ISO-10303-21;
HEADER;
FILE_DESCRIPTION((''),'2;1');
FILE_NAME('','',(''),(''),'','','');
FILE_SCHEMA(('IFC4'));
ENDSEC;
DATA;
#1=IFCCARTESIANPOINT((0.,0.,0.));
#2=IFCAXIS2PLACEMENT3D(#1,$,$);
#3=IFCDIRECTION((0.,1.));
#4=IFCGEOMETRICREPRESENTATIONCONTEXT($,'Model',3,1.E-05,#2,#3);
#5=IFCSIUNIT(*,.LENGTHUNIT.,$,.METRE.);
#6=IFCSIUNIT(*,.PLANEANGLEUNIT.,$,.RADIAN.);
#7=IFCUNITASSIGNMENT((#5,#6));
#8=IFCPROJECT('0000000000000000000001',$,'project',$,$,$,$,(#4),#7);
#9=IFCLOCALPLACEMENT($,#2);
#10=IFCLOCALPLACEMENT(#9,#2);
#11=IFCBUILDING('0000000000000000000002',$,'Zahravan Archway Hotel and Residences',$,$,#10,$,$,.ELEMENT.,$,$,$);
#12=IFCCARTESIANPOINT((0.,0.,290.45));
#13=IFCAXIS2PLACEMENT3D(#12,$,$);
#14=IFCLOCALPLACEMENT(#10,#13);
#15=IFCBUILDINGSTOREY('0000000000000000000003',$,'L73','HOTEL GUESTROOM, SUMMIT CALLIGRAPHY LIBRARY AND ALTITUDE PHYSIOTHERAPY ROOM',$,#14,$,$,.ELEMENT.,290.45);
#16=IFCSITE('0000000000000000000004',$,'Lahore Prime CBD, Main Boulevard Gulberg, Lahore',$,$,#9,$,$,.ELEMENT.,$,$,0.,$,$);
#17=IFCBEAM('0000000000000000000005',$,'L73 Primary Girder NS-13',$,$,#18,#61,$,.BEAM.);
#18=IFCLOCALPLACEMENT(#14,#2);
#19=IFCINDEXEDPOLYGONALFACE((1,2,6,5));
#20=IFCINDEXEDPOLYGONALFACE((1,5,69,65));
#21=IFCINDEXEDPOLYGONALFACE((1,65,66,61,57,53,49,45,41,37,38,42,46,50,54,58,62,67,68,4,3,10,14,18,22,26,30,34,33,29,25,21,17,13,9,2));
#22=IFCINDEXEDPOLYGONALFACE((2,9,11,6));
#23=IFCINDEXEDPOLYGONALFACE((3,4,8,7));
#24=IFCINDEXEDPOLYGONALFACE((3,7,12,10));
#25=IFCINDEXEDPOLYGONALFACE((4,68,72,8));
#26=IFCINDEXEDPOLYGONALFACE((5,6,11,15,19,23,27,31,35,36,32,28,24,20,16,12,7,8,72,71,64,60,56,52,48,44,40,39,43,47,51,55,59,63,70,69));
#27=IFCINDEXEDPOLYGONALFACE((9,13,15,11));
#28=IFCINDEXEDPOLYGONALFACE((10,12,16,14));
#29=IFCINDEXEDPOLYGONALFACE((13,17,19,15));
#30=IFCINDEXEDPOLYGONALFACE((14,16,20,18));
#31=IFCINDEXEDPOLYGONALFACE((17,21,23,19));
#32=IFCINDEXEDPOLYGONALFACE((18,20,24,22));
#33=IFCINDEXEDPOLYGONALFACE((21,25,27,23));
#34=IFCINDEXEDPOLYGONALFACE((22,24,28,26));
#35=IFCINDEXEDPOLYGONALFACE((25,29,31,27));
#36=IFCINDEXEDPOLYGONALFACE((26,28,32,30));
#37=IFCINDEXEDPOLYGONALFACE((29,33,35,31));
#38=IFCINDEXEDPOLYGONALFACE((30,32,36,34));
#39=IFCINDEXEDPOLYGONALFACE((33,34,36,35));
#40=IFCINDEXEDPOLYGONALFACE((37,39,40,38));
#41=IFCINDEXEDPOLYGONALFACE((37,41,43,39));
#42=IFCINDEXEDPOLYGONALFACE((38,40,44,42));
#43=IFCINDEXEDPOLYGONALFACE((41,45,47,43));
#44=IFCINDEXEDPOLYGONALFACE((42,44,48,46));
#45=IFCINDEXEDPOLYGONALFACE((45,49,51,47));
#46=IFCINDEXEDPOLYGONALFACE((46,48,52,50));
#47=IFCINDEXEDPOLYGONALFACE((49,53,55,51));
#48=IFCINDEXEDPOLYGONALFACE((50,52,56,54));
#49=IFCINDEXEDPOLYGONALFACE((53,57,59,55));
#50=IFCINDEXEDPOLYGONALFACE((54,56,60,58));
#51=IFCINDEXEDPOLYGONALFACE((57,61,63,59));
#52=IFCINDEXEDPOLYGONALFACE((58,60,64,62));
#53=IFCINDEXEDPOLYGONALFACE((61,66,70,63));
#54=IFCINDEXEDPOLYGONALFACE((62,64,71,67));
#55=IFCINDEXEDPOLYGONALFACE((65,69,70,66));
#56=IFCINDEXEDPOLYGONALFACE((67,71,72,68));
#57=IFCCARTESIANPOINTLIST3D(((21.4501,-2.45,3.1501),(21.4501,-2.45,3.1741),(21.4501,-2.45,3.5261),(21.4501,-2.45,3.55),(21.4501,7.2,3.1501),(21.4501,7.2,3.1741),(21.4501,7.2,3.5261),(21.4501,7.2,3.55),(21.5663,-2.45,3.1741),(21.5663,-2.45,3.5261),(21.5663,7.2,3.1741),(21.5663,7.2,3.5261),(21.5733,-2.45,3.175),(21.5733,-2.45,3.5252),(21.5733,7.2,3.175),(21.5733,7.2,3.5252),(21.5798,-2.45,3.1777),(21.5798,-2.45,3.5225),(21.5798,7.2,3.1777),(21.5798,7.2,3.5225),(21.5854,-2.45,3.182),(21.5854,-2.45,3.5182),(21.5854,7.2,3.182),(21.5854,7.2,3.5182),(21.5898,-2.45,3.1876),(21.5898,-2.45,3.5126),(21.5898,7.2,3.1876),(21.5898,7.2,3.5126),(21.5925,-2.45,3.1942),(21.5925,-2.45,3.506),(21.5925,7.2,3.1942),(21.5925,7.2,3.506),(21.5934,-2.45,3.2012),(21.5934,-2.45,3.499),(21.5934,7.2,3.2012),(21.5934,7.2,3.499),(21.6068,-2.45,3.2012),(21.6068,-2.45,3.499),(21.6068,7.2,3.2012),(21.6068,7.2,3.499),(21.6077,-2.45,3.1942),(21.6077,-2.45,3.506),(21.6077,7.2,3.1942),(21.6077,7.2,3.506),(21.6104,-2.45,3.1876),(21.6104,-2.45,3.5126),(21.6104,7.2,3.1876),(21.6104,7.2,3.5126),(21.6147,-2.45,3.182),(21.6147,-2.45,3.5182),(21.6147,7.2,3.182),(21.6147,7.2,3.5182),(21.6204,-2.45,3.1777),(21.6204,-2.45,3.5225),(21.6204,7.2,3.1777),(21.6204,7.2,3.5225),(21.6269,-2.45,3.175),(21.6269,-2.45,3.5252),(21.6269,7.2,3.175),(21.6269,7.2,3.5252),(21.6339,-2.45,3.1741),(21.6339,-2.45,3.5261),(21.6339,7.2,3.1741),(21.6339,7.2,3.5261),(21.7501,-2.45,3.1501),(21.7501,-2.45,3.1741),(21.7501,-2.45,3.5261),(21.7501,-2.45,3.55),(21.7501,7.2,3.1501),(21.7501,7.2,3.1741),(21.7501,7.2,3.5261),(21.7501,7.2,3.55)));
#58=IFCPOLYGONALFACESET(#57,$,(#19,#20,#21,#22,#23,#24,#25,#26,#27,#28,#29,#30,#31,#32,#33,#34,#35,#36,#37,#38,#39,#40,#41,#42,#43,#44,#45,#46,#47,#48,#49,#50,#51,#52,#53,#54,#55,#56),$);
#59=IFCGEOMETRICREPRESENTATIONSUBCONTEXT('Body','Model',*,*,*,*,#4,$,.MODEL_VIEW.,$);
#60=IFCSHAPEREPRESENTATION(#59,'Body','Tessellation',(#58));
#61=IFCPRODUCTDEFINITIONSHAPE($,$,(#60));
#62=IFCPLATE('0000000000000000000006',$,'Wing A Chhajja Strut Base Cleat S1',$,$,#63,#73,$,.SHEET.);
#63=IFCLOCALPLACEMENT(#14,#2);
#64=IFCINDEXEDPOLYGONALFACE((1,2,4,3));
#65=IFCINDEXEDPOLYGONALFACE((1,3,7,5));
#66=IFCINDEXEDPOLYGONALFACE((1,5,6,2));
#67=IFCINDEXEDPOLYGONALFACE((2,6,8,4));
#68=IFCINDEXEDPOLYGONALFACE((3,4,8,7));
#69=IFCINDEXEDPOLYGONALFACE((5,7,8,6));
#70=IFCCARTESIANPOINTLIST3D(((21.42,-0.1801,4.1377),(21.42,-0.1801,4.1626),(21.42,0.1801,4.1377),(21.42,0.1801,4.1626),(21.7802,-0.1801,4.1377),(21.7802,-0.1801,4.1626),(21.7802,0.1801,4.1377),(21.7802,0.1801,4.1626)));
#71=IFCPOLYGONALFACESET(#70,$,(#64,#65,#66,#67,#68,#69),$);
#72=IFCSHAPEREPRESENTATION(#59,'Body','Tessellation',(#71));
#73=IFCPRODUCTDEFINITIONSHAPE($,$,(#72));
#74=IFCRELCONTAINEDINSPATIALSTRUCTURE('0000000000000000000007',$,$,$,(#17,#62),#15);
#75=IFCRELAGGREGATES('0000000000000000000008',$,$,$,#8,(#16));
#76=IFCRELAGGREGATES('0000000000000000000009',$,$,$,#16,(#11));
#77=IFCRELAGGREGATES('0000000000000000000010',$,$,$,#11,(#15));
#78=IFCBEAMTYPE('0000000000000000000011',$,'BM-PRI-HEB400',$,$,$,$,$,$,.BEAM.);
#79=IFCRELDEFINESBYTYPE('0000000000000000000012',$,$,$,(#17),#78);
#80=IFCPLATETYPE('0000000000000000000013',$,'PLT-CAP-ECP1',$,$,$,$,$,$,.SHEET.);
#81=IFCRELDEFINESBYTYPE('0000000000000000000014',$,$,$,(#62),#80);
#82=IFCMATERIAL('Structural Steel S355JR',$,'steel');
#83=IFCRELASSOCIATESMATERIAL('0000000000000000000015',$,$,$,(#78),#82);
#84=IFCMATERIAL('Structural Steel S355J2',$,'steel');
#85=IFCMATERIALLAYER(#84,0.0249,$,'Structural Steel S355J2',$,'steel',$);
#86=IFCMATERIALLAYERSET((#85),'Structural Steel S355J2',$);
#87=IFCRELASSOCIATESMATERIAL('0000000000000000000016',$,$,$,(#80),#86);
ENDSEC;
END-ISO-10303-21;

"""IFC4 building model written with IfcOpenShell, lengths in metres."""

from ifc_helpers import new_model, si_unit, direction, frame, origin, origin_2d, place, context, subcontext, project, spatial, rectangle, i_section, extrude, source, transform, mapped, material, layer, layer_set, material_profile, profile_set, type_object, type_shapes, element, save


model = new_model("IFC4")

# Units and contexts
model_context = context("Model", 3, precision=1e-05, world=origin(), true_north=direction((0.0, 1.0)))
body_context = subcontext(model_context, "Body", "Model", "MODEL_VIEW")
ifc_project = project(units=[si_unit("LENGTHUNIT", "METRE"), si_unit("PLANEANGLEUNIT", "RADIAN")], contexts=[model_context])

# Site, building, storey
site_placement = place(None, origin())
site = spatial("IfcSite", under=ifc_project, at=site_placement, Name="Lahore Prime CBD, Main Boulevard Gulberg, Lahore", CompositionType="ELEMENT", RefElevation=0.0)
building_placement = place(site_placement, origin())
building = spatial("IfcBuilding", under=site, at=building_placement, Name="Zahravan Archway Hotel and Residences", CompositionType="ELEMENT")
storey_placement = place(building_placement, frame((0.0, 0.0, 290.45)))
storey = spatial("IfcBuildingStorey", under=building, at=storey_placement, Name="L73", Description="HOTEL GUESTROOM, SUMMIT CALLIGRAPHY LIBRARY AND ALTITUDE PHYSIOTHERAPY ROOM", CompositionType="ELEMENT", Elevation=290.45)

# Beam
ifc_material_1 = material(Name="Structural Steel S355JR", Category="steel")
ifc_material_profile_1 = material_profile(ifc_material_1, i_section(OverallWidth=0.3, OverallDepth=0.3999, WebThickness=0.0134, FlangeThickness=0.0239, FilletRadius=0.0271, at=origin_2d()), Name="HEB 400", Category="steel")
ifc_profile_set_1 = profile_set([ifc_material_profile_1], Name="Structural Steel S355JR")
beam_type_1 = type_object("IfcBeamType", Name="BM-PRI-HEB400", PredefinedType="BEAM", material=ifc_profile_set_1)
shared_shape_1 = source(origin(), body_context, "Body", "SweptSolid", [
    extrude(i_section(OverallWidth=0.3, OverallDepth=0.3999, WebThickness=0.0134, FlangeThickness=0.0239, FilletRadius=0.0271, at=origin_2d()), origin(), (0.0, 0.0, 1.0), 9.6499),
])
beam_1_placement = place(storey_placement, frame((21.6001, -2.45, 3.3501), z_axis=(0.0, 1.0, 0.0), x_axis=(-1.0, 0.0, 0.0)))
element("IfcBeam", 1, at=beam_1_placement, inside=storey, type_object=beam_type_1, Name="L73 Primary Girder NS-13", PredefinedType="BEAM", context=body_context, shape_type="MappedRepresentation", body=[
    mapped(shared_shape_1, transform((0.0, 0.0, 0.0), scale=1.0)),
])

# Plate
ifc_material_2 = material(Name="Structural Steel S355J2", Category="steel")
ifc_layer_1 = layer(ifc_material_2, 0.0249, Name="Structural Steel S355J2", Category="steel")
ifc_layer_set_1 = layer_set([ifc_layer_1], Name="Structural Steel S355J2")
plate_type = type_object("IfcPlateType", Name="PLT-CAP-ECP1", PredefinedType="SHEET", material=ifc_layer_set_1)
shared_shape_2 = source(origin(), body_context, "Body", "SweptSolid", [
    extrude(rectangle(XDim=0.3601, YDim=0.3601, at=origin_2d()), origin(), (0.0, 0.0, 1.0), 0.0249),
])
type_shapes(plate_type, [shared_shape_2])
plate_placement = place(storey_placement, frame((21.6001, 0.0, 4.1377), z_axis=(0.0, 0.0, 1.0), x_axis=(1.0, 0.0, 0.0)))
element("IfcPlate", 2, at=plate_placement, inside=storey, type_object=plate_type, Name="Wing A Chhajja Strut Base Cleat S1", PredefinedType="SHEET", context=body_context, shape_type="MappedRepresentation", body=[
    mapped(shared_shape_2, transform((0.0, 0.0, 0.0), scale=1.0)),
])

save(model, "model.ifc")
